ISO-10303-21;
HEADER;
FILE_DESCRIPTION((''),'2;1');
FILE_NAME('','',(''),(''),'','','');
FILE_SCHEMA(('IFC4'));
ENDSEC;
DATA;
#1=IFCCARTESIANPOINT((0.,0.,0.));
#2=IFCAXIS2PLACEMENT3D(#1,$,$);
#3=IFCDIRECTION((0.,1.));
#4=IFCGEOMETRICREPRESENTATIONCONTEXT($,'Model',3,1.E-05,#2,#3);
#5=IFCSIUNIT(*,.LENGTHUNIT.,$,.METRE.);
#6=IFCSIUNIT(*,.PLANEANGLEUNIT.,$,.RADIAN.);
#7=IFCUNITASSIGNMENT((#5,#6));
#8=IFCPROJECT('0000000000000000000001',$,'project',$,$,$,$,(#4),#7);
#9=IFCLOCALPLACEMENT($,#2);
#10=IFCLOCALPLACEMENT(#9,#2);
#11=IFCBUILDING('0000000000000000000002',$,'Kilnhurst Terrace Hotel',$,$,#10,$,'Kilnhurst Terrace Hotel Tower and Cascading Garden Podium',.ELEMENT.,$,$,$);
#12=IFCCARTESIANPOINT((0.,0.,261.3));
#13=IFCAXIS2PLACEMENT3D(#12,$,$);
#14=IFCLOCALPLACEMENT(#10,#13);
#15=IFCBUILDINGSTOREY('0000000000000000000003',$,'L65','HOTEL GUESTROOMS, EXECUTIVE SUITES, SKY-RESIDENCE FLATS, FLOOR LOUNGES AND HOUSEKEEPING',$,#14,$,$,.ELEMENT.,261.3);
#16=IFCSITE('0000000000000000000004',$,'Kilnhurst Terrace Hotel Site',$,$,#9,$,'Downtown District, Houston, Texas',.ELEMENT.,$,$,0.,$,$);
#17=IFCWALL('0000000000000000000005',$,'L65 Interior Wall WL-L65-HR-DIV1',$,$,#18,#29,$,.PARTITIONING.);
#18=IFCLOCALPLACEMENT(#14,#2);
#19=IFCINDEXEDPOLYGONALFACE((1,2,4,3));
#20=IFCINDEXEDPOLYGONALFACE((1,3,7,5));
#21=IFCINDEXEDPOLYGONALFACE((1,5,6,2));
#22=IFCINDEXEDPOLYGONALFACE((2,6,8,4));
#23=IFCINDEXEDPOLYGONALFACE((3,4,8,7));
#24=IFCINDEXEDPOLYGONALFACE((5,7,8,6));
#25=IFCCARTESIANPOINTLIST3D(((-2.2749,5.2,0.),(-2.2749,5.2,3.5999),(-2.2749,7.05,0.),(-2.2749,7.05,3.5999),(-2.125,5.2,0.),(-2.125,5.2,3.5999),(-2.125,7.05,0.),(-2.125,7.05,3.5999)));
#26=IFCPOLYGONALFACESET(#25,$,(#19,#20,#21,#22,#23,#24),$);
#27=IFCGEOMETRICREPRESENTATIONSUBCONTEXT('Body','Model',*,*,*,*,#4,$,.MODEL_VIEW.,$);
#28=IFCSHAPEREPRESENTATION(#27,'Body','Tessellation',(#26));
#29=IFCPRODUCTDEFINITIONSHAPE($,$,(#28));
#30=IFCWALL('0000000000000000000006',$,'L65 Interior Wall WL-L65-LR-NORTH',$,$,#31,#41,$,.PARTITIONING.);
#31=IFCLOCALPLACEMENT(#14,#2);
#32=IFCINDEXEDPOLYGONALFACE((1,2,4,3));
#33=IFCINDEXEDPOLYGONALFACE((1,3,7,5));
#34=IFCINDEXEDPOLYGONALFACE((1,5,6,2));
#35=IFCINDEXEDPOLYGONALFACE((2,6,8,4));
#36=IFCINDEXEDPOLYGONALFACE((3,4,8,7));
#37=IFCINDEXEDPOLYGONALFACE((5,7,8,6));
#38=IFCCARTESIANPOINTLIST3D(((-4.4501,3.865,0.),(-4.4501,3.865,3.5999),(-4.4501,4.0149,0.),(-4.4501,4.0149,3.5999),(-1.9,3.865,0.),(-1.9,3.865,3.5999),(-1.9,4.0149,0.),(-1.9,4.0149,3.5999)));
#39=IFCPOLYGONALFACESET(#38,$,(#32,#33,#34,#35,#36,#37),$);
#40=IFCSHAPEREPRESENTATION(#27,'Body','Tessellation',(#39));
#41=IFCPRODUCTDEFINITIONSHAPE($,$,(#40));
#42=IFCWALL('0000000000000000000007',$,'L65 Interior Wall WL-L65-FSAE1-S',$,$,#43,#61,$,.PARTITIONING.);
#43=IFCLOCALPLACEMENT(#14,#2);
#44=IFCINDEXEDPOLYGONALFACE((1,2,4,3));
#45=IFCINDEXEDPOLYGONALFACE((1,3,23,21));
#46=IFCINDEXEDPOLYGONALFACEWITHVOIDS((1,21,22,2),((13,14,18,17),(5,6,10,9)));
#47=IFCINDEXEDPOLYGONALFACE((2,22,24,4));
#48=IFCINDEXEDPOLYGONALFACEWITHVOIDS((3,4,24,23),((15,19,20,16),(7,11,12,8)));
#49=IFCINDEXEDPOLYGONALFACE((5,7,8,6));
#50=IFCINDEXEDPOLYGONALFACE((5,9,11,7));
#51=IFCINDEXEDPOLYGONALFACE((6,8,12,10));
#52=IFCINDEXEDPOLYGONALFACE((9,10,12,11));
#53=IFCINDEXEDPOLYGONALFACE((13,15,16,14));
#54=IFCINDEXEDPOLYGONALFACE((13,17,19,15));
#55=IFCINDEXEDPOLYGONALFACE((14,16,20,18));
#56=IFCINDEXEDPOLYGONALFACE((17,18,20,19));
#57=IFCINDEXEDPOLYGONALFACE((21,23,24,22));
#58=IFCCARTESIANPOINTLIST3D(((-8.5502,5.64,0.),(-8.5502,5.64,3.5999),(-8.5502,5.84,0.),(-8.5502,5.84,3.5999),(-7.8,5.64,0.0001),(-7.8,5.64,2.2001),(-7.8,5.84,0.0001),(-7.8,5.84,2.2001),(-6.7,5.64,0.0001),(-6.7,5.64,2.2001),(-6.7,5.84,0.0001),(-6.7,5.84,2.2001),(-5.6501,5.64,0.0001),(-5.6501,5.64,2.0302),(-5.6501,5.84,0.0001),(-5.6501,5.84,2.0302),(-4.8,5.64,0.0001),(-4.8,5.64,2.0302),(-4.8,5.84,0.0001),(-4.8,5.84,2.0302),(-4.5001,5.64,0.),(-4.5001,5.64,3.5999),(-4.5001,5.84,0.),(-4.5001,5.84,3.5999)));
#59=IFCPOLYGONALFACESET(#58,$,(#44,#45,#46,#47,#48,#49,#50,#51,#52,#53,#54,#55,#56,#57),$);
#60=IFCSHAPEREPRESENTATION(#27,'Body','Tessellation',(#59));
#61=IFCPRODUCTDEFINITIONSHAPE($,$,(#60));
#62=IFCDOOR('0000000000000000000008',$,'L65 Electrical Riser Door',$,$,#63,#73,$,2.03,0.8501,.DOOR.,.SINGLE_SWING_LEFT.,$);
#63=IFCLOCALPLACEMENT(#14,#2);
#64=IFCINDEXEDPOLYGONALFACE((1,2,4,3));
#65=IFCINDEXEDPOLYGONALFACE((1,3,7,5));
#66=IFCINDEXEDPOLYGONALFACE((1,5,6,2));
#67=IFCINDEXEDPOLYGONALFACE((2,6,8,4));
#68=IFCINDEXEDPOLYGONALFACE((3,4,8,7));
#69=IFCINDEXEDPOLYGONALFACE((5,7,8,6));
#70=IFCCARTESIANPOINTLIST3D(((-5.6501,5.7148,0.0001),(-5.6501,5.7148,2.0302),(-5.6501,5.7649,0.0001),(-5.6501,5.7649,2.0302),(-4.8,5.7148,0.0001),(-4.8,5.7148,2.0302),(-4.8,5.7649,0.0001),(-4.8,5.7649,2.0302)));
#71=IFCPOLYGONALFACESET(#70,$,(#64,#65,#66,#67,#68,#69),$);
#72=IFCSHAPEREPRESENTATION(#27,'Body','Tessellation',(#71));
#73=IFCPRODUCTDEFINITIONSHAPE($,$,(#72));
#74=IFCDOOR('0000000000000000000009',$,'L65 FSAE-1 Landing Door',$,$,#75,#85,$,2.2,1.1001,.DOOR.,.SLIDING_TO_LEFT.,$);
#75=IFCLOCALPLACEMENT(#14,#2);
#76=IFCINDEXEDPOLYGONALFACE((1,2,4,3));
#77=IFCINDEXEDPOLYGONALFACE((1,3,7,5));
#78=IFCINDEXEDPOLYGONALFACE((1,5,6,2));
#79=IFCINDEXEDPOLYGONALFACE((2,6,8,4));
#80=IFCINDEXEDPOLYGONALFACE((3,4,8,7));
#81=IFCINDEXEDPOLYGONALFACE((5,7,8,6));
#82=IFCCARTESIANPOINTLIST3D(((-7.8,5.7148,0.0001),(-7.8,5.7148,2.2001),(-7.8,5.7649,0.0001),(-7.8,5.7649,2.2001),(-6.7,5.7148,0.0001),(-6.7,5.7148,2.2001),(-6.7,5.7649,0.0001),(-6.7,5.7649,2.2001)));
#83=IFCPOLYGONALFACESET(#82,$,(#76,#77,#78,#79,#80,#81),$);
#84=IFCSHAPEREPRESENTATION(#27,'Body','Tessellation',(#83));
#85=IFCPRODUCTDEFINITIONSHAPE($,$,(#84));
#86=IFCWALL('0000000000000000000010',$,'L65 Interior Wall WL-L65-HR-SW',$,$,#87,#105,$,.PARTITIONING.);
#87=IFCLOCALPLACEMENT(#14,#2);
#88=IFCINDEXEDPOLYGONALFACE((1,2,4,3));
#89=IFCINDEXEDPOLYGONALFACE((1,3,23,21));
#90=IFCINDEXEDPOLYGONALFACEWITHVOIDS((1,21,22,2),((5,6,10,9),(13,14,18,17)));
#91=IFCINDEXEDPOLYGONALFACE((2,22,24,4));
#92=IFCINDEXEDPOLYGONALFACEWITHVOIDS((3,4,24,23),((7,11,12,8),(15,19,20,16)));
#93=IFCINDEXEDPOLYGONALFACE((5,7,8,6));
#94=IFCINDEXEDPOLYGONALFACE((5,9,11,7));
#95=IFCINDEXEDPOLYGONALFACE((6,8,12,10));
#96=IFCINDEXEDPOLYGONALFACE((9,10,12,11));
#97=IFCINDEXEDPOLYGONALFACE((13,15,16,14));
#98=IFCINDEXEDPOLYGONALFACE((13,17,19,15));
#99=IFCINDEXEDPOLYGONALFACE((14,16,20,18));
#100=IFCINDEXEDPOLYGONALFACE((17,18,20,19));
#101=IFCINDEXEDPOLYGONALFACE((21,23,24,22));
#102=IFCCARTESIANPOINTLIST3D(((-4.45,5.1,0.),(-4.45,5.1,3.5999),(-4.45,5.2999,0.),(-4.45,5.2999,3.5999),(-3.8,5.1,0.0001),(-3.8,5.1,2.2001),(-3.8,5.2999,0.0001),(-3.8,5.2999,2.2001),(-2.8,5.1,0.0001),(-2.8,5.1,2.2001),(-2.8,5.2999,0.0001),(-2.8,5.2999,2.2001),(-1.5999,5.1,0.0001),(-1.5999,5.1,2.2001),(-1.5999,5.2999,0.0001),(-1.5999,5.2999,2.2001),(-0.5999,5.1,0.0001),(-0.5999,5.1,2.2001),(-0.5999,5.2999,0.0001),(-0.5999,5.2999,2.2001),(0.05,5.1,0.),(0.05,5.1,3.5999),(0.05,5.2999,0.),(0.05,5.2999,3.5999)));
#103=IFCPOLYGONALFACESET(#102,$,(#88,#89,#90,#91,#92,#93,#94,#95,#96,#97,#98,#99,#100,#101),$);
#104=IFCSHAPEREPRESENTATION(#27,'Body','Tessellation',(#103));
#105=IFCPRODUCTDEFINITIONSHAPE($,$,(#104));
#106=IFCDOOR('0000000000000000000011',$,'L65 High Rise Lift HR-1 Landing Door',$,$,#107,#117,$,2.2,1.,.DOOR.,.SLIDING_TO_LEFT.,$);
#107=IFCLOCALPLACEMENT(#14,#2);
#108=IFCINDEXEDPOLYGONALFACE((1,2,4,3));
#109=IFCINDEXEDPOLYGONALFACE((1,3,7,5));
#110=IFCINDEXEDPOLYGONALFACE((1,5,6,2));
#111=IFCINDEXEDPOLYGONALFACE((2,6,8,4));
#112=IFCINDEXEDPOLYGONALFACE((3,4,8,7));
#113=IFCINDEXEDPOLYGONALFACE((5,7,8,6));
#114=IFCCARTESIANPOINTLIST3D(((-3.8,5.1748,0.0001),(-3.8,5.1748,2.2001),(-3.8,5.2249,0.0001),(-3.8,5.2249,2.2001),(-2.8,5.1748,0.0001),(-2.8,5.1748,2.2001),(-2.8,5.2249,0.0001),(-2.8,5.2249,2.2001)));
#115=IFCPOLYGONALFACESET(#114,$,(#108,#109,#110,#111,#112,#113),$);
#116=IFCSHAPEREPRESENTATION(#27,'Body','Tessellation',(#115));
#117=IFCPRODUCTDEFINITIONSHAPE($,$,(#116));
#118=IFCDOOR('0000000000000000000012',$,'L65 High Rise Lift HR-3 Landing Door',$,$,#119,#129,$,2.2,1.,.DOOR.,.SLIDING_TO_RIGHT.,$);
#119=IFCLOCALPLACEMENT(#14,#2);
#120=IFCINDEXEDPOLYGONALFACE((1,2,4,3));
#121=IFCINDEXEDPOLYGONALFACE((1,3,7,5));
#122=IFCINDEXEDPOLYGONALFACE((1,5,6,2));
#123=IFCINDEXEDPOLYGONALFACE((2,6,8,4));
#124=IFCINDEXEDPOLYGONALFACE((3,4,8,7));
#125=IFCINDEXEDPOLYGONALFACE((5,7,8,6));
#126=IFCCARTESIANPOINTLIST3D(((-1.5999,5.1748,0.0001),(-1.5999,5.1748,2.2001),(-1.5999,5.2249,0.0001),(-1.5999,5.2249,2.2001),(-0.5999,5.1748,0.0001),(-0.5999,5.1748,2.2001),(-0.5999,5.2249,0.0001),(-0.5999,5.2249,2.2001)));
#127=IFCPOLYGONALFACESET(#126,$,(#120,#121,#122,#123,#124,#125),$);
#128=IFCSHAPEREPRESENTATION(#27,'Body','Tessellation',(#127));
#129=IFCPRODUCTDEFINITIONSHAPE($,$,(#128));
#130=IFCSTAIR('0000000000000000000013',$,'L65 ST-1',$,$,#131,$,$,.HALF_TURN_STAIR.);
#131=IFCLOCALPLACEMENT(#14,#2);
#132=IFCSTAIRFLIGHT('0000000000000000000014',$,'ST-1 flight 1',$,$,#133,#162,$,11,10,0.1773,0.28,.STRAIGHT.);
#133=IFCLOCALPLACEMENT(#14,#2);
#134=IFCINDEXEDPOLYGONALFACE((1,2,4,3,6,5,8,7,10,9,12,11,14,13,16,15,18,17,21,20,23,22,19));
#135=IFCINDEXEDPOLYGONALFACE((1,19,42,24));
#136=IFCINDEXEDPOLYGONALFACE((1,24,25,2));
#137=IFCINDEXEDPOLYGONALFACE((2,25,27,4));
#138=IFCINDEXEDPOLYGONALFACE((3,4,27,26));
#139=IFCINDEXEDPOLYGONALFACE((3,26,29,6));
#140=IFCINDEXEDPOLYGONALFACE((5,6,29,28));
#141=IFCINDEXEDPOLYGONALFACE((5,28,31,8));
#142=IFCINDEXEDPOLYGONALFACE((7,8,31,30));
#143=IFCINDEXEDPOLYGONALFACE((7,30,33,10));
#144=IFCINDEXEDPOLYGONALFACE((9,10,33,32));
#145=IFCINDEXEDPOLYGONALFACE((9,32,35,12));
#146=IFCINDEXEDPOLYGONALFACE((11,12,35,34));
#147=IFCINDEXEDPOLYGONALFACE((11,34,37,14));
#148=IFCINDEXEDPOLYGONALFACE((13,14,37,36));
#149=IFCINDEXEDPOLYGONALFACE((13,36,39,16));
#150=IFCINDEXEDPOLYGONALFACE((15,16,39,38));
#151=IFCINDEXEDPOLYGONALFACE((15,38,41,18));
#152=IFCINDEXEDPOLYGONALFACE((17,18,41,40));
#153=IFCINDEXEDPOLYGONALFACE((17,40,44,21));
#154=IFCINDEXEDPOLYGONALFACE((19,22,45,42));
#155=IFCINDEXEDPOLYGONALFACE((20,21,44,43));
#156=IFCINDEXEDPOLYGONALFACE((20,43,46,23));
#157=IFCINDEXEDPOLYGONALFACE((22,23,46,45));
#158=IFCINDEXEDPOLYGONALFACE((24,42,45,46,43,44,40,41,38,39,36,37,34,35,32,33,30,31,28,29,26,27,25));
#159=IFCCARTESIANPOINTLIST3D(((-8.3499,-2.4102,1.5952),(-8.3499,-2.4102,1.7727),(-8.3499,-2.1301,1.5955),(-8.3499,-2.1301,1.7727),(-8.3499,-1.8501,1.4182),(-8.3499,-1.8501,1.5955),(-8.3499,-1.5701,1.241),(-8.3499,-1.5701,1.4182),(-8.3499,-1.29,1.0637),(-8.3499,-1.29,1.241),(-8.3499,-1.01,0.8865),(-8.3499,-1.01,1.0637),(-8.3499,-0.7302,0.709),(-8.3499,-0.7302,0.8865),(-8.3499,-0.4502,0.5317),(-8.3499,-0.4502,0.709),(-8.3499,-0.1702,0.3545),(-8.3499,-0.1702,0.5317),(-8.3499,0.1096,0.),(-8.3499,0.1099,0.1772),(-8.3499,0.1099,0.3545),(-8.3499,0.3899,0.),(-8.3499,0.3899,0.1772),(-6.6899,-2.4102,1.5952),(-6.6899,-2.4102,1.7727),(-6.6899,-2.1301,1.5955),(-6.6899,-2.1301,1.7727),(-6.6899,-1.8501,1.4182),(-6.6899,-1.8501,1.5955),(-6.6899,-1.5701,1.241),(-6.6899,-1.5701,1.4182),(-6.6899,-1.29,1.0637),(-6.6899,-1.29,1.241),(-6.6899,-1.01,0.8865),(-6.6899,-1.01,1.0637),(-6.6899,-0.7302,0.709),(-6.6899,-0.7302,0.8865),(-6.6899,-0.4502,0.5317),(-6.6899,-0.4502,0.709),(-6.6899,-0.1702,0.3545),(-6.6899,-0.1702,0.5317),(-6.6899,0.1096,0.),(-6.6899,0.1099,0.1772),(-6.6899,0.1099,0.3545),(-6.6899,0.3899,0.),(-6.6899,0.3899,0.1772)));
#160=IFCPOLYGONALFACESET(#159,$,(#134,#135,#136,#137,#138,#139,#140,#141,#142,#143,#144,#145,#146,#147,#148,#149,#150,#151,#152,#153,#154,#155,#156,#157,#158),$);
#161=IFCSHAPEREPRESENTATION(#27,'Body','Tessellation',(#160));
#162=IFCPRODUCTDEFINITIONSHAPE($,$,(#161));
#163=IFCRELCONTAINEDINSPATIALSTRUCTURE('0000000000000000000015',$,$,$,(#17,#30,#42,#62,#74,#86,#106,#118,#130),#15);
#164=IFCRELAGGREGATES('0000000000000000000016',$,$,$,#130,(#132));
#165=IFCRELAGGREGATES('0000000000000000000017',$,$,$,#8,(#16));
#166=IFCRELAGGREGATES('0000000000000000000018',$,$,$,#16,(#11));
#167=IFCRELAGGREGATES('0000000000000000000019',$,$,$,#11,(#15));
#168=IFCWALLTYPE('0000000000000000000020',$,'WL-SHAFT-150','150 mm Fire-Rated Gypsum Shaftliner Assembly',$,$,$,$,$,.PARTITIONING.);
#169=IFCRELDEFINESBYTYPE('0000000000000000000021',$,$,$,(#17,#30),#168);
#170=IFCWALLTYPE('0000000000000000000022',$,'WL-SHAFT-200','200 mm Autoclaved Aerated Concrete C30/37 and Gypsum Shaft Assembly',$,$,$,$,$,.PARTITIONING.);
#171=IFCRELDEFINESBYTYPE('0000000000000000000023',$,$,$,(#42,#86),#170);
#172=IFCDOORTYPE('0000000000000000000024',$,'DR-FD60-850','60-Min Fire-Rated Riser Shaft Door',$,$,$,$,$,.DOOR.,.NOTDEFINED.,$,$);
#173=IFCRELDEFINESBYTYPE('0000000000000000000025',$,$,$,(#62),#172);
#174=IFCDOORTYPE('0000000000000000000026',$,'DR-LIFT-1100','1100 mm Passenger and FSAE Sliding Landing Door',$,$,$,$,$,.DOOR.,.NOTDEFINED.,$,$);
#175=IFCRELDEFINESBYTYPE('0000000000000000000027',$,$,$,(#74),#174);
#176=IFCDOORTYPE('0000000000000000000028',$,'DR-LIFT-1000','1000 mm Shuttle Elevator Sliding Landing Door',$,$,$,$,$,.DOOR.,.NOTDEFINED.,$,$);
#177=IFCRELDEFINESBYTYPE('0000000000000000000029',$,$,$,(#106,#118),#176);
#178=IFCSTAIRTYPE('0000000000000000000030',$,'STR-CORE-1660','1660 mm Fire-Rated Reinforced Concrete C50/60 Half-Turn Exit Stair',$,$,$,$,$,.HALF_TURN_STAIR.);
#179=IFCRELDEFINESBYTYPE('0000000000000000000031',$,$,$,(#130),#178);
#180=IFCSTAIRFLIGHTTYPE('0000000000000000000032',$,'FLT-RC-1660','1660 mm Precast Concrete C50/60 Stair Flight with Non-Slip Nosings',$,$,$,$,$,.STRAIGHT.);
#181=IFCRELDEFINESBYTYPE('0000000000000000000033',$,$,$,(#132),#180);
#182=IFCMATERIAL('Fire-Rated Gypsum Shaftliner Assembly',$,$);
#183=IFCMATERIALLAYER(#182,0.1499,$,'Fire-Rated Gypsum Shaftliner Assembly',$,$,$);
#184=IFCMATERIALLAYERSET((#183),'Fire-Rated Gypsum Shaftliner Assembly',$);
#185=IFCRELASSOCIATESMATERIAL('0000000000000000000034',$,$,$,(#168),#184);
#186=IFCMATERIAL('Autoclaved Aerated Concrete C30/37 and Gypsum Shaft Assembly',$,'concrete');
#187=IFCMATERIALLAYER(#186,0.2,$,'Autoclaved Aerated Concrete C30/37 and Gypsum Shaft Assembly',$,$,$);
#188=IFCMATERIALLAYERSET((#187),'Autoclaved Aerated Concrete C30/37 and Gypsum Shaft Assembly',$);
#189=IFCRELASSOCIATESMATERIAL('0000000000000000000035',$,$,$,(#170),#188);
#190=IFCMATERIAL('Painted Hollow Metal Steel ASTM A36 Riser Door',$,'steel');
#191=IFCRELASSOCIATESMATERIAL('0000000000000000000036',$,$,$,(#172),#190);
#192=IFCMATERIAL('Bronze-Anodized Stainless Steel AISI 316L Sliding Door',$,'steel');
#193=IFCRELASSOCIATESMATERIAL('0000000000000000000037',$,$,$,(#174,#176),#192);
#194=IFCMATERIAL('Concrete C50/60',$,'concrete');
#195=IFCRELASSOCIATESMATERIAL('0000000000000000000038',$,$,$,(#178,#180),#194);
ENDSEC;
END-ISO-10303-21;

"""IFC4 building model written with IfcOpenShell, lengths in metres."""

from ifc_helpers import new_model, si_unit, direction, frame, frame_2d, origin, place, context, subcontext, project, spatial, polyline, rectangle, outline, extrude, material, layer, layer_set, type_object, element, fill, aggregate, save


model = new_model("IFC4")

# Units and contexts
model_context = context("Model", 3, precision=1e-05, world=origin(), true_north=direction((0.0, 1.0)))
body_context = subcontext(model_context, "Body", "Model", "MODEL_VIEW")
ifc_project = project(units=[si_unit("LENGTHUNIT", "METRE"), si_unit("PLANEANGLEUNIT", "RADIAN")], contexts=[model_context])

# Site, building, storey
site_placement = place(None, origin())
site = spatial("IfcSite", under=ifc_project, at=site_placement, Name="Kilnhurst Terrace Hotel Site", LongName="Downtown District, Houston, Texas", CompositionType="ELEMENT", RefElevation=0.0)
building_placement = place(site_placement, origin())
building = spatial("IfcBuilding", under=site, at=building_placement, Name="Kilnhurst Terrace Hotel", LongName="Kilnhurst Terrace Hotel Tower and Cascading Garden Podium", CompositionType="ELEMENT")
storey_placement = place(building_placement, frame((0.0, 0.0, 261.3)))
storey = spatial("IfcBuildingStorey", under=building, at=storey_placement, Name="L65", Description="HOTEL GUESTROOMS, EXECUTIVE SUITES, SKY-RESIDENCE FLATS, FLOOR LOUNGES AND HOUSEKEEPING", CompositionType="ELEMENT", Elevation=261.3)

# Shared definitions
ifc_material_1 = material(Name="Concrete C50/60", Category="concrete")

# Walls
ifc_material_2 = material(Name="Fire-Rated Gypsum Shaftliner Assembly")
ifc_layer_1 = layer(ifc_material_2, 0.1499, Name="Fire-Rated Gypsum Shaftliner Assembly")
ifc_layer_set_1 = layer_set([ifc_layer_1], Name="Fire-Rated Gypsum Shaftliner Assembly")
wall_type_1 = type_object("IfcWallType", Name="WL-SHAFT-150", Description="150 mm Fire-Rated Gypsum Shaftliner Assembly", PredefinedType="PARTITIONING", material=ifc_layer_set_1)
wall_1_placement = place(storey_placement, frame((-2.2, 5.2, 0.0), z_axis=(0.0, 0.0, 1.0), x_axis=(0.0, 1.0, 0.0)))
element("IfcWall", 1, at=wall_1_placement, inside=storey, type_object=wall_type_1, Name="L65 Interior Wall WL-L65-HR-DIV1", PredefinedType="PARTITIONING", context=body_context, shape_type="SweptSolid", body=[
    extrude(rectangle(XDim=1.8501, YDim=0.1499, at=frame_2d((0.925, 0.0))), origin(), (0.0, 0.0, 1.0), 3.5999),
])
wall_2_placement = place(storey_placement, frame((-4.45, 3.9399, 0.0), z_axis=(0.0, 0.0, 1.0), x_axis=(1.0, 0.0, 0.0)))
element("IfcWall", 2, at=wall_2_placement, inside=storey, type_object=wall_type_1, Name="L65 Interior Wall WL-L65-LR-NORTH", PredefinedType="PARTITIONING", context=body_context, shape_type="SweptSolid", body=[
    extrude(rectangle(XDim=2.55, YDim=0.1499, at=frame_2d((1.2749, 0.0))), origin(), (0.0, 0.0, 1.0), 3.5999),
])

# Walls, openings, doors
ifc_material_3 = material(Name="Autoclaved Aerated Concrete C30/37 and Gypsum Shaft Assembly", Category="concrete")
ifc_layer_2 = layer(ifc_material_3, 0.2, Name="Autoclaved Aerated Concrete C30/37 and Gypsum Shaft Assembly")
ifc_layer_set_2 = layer_set([ifc_layer_2], Name="Autoclaved Aerated Concrete C30/37 and Gypsum Shaft Assembly")
wall_type_2 = type_object("IfcWallType", Name="WL-SHAFT-200", Description="200 mm Autoclaved Aerated Concrete C30/37 and Gypsum Shaft Assembly", PredefinedType="PARTITIONING", material=ifc_layer_set_2)
wall_3_placement = place(storey_placement, frame((-8.55, 5.74, 0.0), z_axis=(0.0, 0.0, 1.0), x_axis=(1.0, 0.0, 0.0)))
wall_3 = element("IfcWall", 3, at=wall_3_placement, inside=storey, type_object=wall_type_2, Name="L65 Interior Wall WL-L65-FSAE1-S", PredefinedType="PARTITIONING", context=body_context, shape_type="SweptSolid", body=[
    extrude(rectangle(XDim=4.05, YDim=0.2, at=frame_2d((2.0249, 0.0))), origin(), (0.0, 0.0, 1.0), 3.5999),
])
opening_1_placement = place(wall_3_placement, frame((0.75, 0.0, 0.0)))
opening_1 = element("IfcOpeningElement", 4, at=opening_1_placement, cuts=wall_3, PredefinedType="OPENING", context=body_context, shape_type="SweptSolid", body=[
    extrude(rectangle(XDim=1.1001, YDim=2.2, at=frame_2d((0.55, 1.1001))), frame((0.0, 0.1099, 0.0), z_axis=(0.0, -1.0, 0.0), x_axis=(1.0, 0.0, 0.0)), (0.0, 0.0, 1.0), 0.22),
])
opening_2_placement = place(wall_3_placement, frame((2.8999, 0.0, 0.0)))
opening_2 = element("IfcOpeningElement", 5, at=opening_2_placement, cuts=wall_3, PredefinedType="OPENING", context=body_context, shape_type="SweptSolid", body=[
    extrude(rectangle(XDim=0.8501, YDim=2.03, at=frame_2d((0.425, 1.0151))), frame((0.0, 0.1099, 0.0), z_axis=(0.0, -1.0, 0.0), x_axis=(1.0, 0.0, 0.0)), (0.0, 0.0, 1.0), 0.22),
])
ifc_material_4 = material(Name="Painted Hollow Metal Steel ASTM A36 Riser Door", Category="steel")
door_type_1 = type_object("IfcDoorType", Name="DR-FD60-850", Description="60-Min Fire-Rated Riser Shaft Door", OperationType="NOTDEFINED", PredefinedType="DOOR", material=ifc_material_4)
door_1_placement = place(opening_2_placement, origin())
door_1 = element("IfcDoor", 6, at=door_1_placement, inside=storey, type_object=door_type_1, Name="L65 Electrical Riser Door", OperationType="SINGLE_SWING_LEFT", OverallHeight=2.03, OverallWidth=0.8501, PredefinedType="DOOR", context=body_context, shape_type="SweptSolid", body=[
    extrude(rectangle(XDim=0.8501, YDim=2.03, at=frame_2d((0.425, 1.0151))), frame((0.0, 0.0249, 0.0), z_axis=(0.0, -1.0, 0.0), x_axis=(1.0, 0.0, 0.0)), (0.0, 0.0, 1.0), 0.05),
])
fill(opening_2, door_1)
ifc_material_5 = material(Name="Bronze-Anodized Stainless Steel AISI 316L Sliding Door", Category="steel")
door_type_2 = type_object("IfcDoorType", Name="DR-LIFT-1100", Description="1100 mm Passenger and FSAE Sliding Landing Door", OperationType="NOTDEFINED", PredefinedType="DOOR", material=ifc_material_5)
door_2_placement = place(opening_1_placement, origin())
door_2 = element("IfcDoor", 7, at=door_2_placement, inside=storey, type_object=door_type_2, Name="L65 FSAE-1 Landing Door", OperationType="SLIDING_TO_LEFT", OverallHeight=2.2, OverallWidth=1.1001, PredefinedType="DOOR", context=body_context, shape_type="SweptSolid", body=[
    extrude(rectangle(XDim=1.1001, YDim=2.2, at=frame_2d((0.55, 1.1001))), frame((0.0, 0.0249, 0.0), z_axis=(0.0, -1.0, 0.0), x_axis=(1.0, 0.0, 0.0)), (0.0, 0.0, 1.0), 0.05),
])
fill(opening_1, door_2)
wall_4_placement = place(storey_placement, frame((-4.45, 5.2, 0.0), z_axis=(0.0, 0.0, 1.0), x_axis=(1.0, 0.0, 0.0)))
wall_4 = element("IfcWall", 8, at=wall_4_placement, inside=storey, type_object=wall_type_2, Name="L65 Interior Wall WL-L65-HR-SW", PredefinedType="PARTITIONING", context=body_context, shape_type="SweptSolid", body=[
    extrude(rectangle(XDim=4.5, YDim=0.2, at=frame_2d((2.25, 0.0))), origin(), (0.0, 0.0, 1.0), 3.5999),
])
opening_3_placement = place(wall_4_placement, frame((0.6499, 0.0, 0.0)))
opening_3 = element("IfcOpeningElement", 9, at=opening_3_placement, cuts=wall_4, PredefinedType="OPENING", context=body_context, shape_type="SweptSolid", body=[
    extrude(rectangle(XDim=1.0, YDim=2.2, at=frame_2d((0.5, 1.1001))), frame((0.0, 0.1099, 0.0), z_axis=(0.0, -1.0, 0.0), x_axis=(1.0, 0.0, 0.0)), (0.0, 0.0, 1.0), 0.22),
])
opening_4_placement = place(wall_4_placement, frame((2.8501, 0.0, 0.0)))
opening_4 = element("IfcOpeningElement", 10, at=opening_4_placement, cuts=wall_4, PredefinedType="OPENING", context=body_context, shape_type="SweptSolid", body=[
    extrude(rectangle(XDim=1.0, YDim=2.2, at=frame_2d((0.5, 1.1001))), frame((0.0, 0.1099, 0.0), z_axis=(0.0, -1.0, 0.0), x_axis=(1.0, 0.0, 0.0)), (0.0, 0.0, 1.0), 0.22),
])
door_type_3 = type_object("IfcDoorType", Name="DR-LIFT-1000", Description="1000 mm Shuttle Elevator Sliding Landing Door", OperationType="NOTDEFINED", PredefinedType="DOOR", material=ifc_material_5)
door_3_placement = place(opening_3_placement, origin())
door_3 = element("IfcDoor", 11, at=door_3_placement, inside=storey, type_object=door_type_3, Name="L65 High Rise Lift HR-1 Landing Door", OperationType="SLIDING_TO_LEFT", OverallHeight=2.2, OverallWidth=1.0, PredefinedType="DOOR", context=body_context, shape_type="SweptSolid", body=[
    extrude(rectangle(XDim=1.0, YDim=2.2, at=frame_2d((0.5, 1.1001))), frame((0.0, 0.0249, 0.0), z_axis=(0.0, -1.0, 0.0), x_axis=(1.0, 0.0, 0.0)), (0.0, 0.0, 1.0), 0.05),
])
fill(opening_3, door_3)
door_4_placement = place(opening_4_placement, origin())
door_4 = element("IfcDoor", 12, at=door_4_placement, inside=storey, type_object=door_type_3, Name="L65 High Rise Lift HR-3 Landing Door", OperationType="SLIDING_TO_RIGHT", OverallHeight=2.2, OverallWidth=1.0, PredefinedType="DOOR", context=body_context, shape_type="SweptSolid", body=[
    extrude(rectangle(XDim=1.0, YDim=2.2, at=frame_2d((0.5, 1.1001))), frame((0.0, 0.0249, 0.0), z_axis=(0.0, -1.0, 0.0), x_axis=(1.0, 0.0, 0.0)), (0.0, 0.0, 1.0), 0.05),
])
fill(opening_4, door_4)

# Stair, stair flight
stair_type = type_object("IfcStairType", Name="STR-CORE-1660", Description="1660 mm Fire-Rated Reinforced Concrete C50/60 Half-Turn Exit Stair", PredefinedType="HALF_TURN_STAIR", material=ifc_material_1)
stair_placement = place(storey_placement, origin())
stair = element("IfcStair", 13, at=stair_placement, inside=storey, type_object=stair_type, Name="L65 ST-1", PredefinedType="HALF_TURN_STAIR")
stair_flight_type = type_object("IfcStairFlightType", Name="FLT-RC-1660", Description="1660 mm Precast Concrete C50/60 Stair Flight with Non-Slip Nosings", PredefinedType="STRAIGHT", material=ifc_material_1)
stair_flight_placement = place(storey_placement, frame((-7.52, 0.3899, 0.0), z_axis=(0.0, 0.0, 1.0), x_axis=(0.0, -1.0, 0.0)))
stair_flight = element("IfcStairFlight", 14, at=stair_flight_placement, type_object=stair_flight_type, Name="ST-1 flight 1", NumberOfRisers=11, NumberOfTreads=10, PredefinedType="STRAIGHT", RiserHeight=0.1773, TreadLength=0.28, context=body_context, shape_type="SweptSolid", body=[
    extrude(outline(polyline([(0.0, 0.0), (0.0, 0.1772), (0.28, 0.1772), (0.28, 0.3545), (0.5601, 0.3545), (0.5601, 0.5317), (0.8401, 0.5317), (0.8401, 0.709), (1.1201, 0.709), (1.1201, 0.8865), (1.3999, 0.8865), (1.3999, 1.0637), (1.6799, 1.0637), (1.6799, 1.241), (1.96, 1.241), (1.96, 1.4182), (2.24, 1.4182), (2.24, 1.5955), (2.52, 1.5955), (2.52, 1.7727), (2.8, 1.7727), (2.8, 1.95), (2.8, 1.5952), (0.2803, 0.0), (0.0, 0.0)])), frame((0.0, 0.8301, 0.0), z_axis=(0.0, -1.0, 0.0), x_axis=(1.0, 0.0, 0.0)), (0.0, 0.0, 1.0), 1.6599),
])
aggregate(stair, [stair_flight])

save(model, "model.ifc")
